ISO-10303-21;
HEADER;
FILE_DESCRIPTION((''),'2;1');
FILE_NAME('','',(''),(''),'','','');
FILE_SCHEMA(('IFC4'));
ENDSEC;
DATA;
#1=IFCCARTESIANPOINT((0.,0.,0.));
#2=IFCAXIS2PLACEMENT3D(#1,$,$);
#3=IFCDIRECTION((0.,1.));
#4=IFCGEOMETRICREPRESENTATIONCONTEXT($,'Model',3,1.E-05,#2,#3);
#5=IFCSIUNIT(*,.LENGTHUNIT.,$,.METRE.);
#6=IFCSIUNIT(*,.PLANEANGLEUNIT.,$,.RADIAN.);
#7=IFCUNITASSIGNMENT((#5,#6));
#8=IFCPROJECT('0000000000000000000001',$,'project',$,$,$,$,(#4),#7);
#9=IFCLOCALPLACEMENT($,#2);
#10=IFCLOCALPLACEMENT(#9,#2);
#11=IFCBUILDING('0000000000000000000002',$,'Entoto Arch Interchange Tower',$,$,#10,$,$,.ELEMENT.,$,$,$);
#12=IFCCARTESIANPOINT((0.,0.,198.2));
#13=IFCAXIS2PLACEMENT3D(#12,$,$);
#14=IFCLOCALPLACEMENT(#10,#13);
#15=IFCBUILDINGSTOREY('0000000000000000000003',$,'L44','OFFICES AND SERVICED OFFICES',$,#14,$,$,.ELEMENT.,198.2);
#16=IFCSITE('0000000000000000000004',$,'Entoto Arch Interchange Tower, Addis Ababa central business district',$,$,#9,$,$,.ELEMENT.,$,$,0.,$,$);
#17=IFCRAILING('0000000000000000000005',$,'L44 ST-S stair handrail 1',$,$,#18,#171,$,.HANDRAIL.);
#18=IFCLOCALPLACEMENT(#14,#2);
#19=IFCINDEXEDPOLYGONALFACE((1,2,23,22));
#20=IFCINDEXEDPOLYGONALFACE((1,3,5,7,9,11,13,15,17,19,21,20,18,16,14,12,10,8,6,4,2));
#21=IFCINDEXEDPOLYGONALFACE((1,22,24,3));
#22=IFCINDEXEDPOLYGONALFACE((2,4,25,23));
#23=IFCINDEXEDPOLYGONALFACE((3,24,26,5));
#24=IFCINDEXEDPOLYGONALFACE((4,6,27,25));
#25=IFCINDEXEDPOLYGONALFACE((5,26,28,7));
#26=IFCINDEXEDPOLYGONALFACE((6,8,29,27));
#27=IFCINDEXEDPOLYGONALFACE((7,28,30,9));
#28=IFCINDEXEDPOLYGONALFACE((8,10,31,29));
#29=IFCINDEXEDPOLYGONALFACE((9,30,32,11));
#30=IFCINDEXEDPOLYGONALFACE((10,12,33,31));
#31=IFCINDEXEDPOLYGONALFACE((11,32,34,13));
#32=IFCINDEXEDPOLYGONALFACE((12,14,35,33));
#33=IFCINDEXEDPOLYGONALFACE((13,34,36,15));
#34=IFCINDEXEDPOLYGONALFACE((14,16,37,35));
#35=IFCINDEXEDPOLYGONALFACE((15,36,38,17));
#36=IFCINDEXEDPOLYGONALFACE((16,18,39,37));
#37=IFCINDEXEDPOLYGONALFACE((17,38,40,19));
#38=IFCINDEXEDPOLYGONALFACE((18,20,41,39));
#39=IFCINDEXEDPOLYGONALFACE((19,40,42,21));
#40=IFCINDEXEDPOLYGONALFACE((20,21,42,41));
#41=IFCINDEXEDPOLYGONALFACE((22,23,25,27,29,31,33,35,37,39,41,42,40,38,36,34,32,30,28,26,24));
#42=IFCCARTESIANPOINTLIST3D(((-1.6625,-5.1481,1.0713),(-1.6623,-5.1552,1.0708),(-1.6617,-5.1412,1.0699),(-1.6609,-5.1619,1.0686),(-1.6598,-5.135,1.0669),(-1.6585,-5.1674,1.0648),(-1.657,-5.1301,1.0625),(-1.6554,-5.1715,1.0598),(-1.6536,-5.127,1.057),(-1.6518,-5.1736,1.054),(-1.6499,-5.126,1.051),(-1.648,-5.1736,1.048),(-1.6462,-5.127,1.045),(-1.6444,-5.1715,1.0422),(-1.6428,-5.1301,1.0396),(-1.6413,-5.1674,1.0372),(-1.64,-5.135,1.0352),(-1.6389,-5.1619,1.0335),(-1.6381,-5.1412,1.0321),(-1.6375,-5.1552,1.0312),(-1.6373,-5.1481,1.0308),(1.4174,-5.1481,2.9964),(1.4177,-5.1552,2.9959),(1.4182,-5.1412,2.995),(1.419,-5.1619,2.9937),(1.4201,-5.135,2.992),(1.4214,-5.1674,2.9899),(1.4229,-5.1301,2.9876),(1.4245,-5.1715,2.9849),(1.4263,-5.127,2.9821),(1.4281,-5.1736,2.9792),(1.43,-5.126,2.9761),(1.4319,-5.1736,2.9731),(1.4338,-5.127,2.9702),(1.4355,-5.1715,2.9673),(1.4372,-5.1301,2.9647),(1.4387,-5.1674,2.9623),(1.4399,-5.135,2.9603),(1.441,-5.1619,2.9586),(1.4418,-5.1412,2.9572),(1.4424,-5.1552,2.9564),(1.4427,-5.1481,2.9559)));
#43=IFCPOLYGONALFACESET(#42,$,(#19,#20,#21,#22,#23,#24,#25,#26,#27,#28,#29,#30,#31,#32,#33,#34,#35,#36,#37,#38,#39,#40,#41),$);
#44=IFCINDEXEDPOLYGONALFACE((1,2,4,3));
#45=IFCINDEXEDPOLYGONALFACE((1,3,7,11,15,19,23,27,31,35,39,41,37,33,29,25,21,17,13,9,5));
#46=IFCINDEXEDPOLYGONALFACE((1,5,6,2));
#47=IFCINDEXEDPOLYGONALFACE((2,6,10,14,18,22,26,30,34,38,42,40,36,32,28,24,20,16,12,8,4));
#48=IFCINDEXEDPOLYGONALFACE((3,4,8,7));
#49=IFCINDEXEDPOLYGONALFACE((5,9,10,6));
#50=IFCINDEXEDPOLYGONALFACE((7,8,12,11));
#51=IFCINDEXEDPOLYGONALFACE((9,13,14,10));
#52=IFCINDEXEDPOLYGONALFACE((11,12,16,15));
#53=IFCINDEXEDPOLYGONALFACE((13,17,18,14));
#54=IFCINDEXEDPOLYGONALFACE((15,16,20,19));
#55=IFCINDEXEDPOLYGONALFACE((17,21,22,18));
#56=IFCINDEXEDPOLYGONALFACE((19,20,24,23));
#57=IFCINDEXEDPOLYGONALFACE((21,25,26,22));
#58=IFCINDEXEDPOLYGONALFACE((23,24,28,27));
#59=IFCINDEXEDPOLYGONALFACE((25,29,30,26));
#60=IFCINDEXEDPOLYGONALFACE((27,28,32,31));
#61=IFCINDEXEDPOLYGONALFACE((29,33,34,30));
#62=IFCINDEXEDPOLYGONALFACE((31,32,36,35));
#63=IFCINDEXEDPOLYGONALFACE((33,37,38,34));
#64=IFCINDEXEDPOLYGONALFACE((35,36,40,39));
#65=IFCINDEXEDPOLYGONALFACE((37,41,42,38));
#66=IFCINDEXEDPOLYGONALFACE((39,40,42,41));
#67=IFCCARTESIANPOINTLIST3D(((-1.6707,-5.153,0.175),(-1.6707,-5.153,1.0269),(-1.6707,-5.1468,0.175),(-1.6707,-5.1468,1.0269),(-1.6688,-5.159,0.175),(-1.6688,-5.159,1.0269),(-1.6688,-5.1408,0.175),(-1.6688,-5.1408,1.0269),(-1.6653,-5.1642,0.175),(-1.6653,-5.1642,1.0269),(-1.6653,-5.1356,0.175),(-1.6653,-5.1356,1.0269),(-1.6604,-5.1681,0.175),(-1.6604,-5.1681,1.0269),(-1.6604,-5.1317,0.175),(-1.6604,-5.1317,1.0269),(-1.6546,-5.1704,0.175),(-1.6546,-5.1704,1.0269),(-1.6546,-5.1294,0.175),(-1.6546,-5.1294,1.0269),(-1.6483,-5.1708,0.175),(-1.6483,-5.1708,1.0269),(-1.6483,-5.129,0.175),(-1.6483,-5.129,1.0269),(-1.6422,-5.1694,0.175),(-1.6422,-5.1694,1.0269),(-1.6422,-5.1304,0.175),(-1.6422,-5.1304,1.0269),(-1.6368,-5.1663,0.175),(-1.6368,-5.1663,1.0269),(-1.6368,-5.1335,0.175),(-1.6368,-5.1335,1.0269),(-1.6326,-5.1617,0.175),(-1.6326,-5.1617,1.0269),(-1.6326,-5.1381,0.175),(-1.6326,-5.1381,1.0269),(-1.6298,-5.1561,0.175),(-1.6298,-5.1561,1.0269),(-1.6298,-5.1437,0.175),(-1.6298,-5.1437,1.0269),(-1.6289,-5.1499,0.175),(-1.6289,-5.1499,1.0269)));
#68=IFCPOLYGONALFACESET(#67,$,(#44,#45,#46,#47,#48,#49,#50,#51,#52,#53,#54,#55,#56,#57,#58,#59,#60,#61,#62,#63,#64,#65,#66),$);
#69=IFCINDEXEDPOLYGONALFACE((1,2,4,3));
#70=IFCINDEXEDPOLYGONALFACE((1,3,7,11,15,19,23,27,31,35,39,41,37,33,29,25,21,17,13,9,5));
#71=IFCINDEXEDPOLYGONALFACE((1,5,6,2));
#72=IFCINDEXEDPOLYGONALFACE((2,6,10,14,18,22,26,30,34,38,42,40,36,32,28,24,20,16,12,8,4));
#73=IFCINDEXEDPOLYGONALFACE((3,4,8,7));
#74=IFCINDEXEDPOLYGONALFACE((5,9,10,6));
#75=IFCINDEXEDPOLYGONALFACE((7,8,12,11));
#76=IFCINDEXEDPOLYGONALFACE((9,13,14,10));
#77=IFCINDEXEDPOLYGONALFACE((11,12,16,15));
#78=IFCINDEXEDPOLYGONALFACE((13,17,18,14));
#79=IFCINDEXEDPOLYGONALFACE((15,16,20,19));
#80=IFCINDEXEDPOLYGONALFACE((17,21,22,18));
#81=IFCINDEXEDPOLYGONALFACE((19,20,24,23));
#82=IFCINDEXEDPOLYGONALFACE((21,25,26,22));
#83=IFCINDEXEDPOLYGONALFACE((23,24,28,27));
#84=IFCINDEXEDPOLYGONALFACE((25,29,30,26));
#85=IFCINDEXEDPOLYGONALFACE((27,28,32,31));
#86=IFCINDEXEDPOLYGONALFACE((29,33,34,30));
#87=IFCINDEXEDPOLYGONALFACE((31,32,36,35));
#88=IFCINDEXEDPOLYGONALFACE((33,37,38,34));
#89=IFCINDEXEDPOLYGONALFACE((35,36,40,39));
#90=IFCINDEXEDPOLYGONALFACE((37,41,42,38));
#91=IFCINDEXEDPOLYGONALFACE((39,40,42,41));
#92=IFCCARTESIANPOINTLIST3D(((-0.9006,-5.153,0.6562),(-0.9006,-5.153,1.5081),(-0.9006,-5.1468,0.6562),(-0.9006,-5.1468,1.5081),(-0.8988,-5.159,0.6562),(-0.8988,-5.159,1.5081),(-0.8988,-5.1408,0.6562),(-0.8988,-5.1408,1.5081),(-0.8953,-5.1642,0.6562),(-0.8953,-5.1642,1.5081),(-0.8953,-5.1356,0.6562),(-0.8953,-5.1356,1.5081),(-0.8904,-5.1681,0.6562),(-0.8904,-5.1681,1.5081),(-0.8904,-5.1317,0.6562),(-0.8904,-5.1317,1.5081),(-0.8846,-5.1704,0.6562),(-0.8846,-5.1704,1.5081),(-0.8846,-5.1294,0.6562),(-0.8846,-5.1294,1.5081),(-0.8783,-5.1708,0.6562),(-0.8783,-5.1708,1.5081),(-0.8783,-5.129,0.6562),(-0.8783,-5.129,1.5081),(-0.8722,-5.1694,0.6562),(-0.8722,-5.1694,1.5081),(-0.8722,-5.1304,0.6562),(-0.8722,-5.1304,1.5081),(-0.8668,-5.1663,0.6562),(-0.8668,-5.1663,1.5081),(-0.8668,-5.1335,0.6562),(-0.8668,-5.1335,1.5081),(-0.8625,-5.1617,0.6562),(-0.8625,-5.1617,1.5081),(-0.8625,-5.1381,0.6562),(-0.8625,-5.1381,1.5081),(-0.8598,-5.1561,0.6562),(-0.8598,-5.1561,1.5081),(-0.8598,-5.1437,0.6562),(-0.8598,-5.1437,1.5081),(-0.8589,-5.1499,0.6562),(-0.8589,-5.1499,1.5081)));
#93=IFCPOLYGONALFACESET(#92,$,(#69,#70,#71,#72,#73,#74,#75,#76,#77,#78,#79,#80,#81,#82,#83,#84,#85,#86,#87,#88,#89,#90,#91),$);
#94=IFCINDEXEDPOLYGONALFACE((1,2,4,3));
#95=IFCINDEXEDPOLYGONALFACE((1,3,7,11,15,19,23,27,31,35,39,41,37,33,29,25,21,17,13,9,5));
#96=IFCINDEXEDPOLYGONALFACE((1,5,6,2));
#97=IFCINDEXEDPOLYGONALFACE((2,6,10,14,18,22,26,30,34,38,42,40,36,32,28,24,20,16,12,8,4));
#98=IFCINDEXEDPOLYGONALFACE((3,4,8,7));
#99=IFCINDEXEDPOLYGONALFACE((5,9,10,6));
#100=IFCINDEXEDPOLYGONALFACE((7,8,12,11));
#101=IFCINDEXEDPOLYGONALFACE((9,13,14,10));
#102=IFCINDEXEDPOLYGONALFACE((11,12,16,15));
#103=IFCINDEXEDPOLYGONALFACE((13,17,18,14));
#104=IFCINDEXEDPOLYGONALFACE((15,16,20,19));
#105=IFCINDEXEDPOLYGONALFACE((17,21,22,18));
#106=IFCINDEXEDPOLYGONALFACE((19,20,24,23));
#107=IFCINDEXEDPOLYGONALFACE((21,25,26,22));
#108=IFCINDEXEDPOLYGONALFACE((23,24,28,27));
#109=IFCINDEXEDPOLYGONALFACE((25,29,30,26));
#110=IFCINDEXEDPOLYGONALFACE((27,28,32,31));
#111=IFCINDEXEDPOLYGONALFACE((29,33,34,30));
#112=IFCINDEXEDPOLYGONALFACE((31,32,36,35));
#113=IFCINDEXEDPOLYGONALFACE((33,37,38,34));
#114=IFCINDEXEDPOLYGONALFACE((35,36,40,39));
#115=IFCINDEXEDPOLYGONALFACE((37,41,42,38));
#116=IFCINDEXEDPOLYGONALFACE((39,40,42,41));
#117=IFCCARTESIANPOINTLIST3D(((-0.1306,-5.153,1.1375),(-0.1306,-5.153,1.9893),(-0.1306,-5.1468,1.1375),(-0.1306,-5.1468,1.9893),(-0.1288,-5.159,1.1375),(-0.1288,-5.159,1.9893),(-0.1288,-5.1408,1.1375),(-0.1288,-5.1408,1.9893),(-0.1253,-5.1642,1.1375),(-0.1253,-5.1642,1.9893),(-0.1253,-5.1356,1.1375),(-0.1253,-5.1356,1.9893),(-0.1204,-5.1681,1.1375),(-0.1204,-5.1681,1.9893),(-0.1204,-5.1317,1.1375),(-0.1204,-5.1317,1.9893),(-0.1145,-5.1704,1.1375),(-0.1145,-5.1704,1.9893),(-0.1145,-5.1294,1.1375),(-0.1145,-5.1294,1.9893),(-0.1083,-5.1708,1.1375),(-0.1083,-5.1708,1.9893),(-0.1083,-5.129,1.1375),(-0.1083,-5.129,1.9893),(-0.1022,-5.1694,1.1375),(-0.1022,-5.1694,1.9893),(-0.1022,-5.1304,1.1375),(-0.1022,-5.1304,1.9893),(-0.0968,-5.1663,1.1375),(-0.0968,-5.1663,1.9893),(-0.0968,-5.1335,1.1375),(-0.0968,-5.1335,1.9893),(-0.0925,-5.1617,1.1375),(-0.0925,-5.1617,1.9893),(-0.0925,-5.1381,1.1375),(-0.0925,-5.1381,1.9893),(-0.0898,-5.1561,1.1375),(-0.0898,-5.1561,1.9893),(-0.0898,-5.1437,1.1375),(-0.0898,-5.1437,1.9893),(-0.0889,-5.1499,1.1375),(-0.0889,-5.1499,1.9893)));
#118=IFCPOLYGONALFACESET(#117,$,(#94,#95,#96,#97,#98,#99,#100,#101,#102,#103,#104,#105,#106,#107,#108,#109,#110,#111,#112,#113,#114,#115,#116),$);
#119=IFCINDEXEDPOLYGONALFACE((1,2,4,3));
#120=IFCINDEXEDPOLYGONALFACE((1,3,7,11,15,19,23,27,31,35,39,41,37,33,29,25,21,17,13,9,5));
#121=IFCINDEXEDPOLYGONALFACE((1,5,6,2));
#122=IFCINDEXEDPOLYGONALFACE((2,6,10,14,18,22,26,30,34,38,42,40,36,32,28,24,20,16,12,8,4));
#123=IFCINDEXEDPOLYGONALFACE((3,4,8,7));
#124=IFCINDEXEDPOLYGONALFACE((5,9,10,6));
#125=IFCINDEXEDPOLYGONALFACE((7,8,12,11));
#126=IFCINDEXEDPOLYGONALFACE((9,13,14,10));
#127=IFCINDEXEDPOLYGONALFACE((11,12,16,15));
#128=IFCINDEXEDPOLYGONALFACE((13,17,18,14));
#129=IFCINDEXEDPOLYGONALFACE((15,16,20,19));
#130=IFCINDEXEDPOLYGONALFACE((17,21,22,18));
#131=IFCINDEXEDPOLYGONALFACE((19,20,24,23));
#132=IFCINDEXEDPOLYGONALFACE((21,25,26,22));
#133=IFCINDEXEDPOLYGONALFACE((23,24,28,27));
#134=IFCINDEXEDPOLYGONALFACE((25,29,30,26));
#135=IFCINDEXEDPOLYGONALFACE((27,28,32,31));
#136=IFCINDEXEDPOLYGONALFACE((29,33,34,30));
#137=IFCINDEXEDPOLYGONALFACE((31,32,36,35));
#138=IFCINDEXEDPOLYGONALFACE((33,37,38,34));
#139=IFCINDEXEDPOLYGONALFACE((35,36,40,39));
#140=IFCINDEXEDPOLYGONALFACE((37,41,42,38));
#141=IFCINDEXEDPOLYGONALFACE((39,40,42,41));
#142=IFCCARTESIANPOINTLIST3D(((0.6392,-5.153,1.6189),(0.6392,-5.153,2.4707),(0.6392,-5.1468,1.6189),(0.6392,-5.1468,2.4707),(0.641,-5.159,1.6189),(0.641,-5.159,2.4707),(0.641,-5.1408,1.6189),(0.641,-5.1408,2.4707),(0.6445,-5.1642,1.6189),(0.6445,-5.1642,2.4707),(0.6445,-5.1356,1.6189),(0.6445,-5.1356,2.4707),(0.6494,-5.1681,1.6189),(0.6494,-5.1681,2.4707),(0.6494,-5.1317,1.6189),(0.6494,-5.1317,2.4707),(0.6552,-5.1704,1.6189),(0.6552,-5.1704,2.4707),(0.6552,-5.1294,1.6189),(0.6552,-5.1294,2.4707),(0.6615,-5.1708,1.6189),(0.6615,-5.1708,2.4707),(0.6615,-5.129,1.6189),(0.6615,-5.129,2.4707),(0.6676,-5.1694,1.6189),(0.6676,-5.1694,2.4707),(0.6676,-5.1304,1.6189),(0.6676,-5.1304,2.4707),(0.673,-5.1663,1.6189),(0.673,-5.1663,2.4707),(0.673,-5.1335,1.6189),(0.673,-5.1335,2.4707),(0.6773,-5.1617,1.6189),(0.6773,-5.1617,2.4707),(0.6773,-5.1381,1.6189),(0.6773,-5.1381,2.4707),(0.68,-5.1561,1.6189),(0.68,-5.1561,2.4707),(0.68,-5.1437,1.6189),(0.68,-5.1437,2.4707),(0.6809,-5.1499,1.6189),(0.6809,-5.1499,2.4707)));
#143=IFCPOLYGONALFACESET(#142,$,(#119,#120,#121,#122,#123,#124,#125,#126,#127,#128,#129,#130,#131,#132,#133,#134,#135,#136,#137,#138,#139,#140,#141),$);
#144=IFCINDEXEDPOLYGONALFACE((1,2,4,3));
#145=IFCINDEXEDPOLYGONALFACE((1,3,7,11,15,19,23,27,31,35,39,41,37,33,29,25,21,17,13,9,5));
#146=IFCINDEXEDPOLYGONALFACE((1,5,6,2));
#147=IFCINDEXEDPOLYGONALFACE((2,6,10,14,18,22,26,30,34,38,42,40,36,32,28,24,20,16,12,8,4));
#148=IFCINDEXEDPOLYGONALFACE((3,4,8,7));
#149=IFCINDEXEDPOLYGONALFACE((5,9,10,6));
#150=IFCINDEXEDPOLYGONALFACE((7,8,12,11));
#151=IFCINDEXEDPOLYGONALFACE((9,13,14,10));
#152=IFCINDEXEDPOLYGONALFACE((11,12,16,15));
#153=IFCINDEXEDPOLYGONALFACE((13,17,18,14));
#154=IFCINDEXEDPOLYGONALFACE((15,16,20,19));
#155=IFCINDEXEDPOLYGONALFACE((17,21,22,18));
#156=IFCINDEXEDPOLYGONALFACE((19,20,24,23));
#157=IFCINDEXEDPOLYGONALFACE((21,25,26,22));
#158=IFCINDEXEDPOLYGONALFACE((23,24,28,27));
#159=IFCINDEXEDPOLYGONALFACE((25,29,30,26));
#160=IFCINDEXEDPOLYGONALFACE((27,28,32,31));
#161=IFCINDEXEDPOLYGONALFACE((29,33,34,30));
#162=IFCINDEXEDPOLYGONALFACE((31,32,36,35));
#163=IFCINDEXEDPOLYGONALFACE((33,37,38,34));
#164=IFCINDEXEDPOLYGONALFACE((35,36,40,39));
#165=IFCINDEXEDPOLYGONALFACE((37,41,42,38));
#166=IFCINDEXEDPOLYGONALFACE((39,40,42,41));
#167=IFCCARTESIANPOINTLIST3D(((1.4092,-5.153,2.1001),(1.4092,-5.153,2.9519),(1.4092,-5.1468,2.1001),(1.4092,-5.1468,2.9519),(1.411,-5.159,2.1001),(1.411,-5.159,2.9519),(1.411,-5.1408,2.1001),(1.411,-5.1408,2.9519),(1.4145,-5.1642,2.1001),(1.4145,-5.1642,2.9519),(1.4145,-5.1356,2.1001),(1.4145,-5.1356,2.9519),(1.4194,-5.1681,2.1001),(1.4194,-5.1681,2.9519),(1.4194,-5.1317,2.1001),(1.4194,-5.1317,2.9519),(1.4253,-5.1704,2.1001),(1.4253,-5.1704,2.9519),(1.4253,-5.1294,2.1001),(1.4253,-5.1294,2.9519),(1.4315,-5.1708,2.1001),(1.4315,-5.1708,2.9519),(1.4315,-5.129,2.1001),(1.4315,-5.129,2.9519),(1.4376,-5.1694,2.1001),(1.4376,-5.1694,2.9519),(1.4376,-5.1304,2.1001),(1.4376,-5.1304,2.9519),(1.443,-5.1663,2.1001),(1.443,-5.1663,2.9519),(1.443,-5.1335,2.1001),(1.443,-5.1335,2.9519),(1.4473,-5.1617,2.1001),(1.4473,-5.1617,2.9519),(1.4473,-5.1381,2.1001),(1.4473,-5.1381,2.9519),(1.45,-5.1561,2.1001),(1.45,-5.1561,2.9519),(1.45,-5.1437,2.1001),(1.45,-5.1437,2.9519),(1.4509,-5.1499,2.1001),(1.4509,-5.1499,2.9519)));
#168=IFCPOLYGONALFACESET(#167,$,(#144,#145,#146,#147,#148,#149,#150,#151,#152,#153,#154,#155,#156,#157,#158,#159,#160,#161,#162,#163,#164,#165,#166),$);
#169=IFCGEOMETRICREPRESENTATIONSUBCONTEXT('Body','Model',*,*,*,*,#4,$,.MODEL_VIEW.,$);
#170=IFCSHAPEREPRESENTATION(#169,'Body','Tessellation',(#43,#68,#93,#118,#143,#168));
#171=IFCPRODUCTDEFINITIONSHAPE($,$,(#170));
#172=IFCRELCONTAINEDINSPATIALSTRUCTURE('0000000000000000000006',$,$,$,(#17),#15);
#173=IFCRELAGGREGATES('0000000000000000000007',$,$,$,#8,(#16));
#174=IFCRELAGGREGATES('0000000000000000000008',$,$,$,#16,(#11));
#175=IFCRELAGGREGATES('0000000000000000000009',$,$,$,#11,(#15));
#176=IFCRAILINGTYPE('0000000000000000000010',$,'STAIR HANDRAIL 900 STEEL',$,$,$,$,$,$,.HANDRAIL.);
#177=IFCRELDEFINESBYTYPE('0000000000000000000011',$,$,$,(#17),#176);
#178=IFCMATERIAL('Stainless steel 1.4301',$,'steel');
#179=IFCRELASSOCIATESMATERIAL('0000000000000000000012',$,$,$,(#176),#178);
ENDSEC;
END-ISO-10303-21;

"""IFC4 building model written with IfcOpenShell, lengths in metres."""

from ifc_helpers import new_model, si_unit, direction, frame, origin, origin_2d, place, context, subcontext, project, spatial, circle, extrude, material, type_object, element, save


model = new_model("IFC4")

# Units and contexts
model_context = context("Model", 3, precision=1e-05, world=origin(), true_north=direction((0.0, 1.0)))
body_context = subcontext(model_context, "Body", "Model", "MODEL_VIEW")
ifc_project = project(units=[si_unit("LENGTHUNIT", "METRE"), si_unit("PLANEANGLEUNIT", "RADIAN")], contexts=[model_context])

# Site, building, storey
site_placement = place(None, origin())
site = spatial("IfcSite", under=ifc_project, at=site_placement, Name="Entoto Arch Interchange Tower, Addis Ababa central business district", CompositionType="ELEMENT", RefElevation=0.0)
building_placement = place(site_placement, origin())
building = spatial("IfcBuilding", under=site, at=building_placement, Name="Entoto Arch Interchange Tower", CompositionType="ELEMENT")
storey_placement = place(building_placement, frame((0.0, 0.0, 198.2)))
storey = spatial("IfcBuildingStorey", under=building, at=storey_placement, Name="L44", Description="OFFICES AND SERVICED OFFICES", CompositionType="ELEMENT", Elevation=198.2)

# Railing
ifc_material_1 = material(Name="Stainless steel 1.4301", Category="steel")
railing_type_1 = type_object("IfcRailingType", Name="STAIR HANDRAIL 900 STEEL", PredefinedType="HANDRAIL", material=ifc_material_1)
railing_1_placement = place(storey_placement, frame((-1.6499, -5.1499, 0.175)))
element("IfcRailing", 1, at=railing_1_placement, inside=storey, type_object=railing_type_1, Name="L44 ST-S stair handrail 1", PredefinedType="HANDRAIL", context=body_context, shape_type="SweptSolid", body=[
    extrude(circle(Radius=0.0239, at=origin_2d()), frame((0.0, 0.0, 0.876), z_axis=(0.847979, 0.0, 0.530029), x_axis=(0.0, 1.0, 0.0)), (0.0, 0.0, 1.0), 3.6321),
    extrude(circle(Radius=0.021, at=origin_2d()), origin(), (0.0, 0.0, 1.0), 0.8518),
    extrude(circle(Radius=0.021, at=origin_2d()), frame((0.77, 0.0, 0.4812)), (0.0, 0.0, 1.0), 0.8518),
    extrude(circle(Radius=0.021, at=origin_2d()), frame((1.54, 0.0, 0.9624)), (0.0, 0.0, 1.0), 0.8518),
    extrude(circle(Radius=0.021, at=origin_2d()), frame((2.3098, 0.0, 1.4438)), (0.0, 0.0, 1.0), 0.8518),
    extrude(circle(Radius=0.021, at=origin_2d()), frame((3.0798, 0.0, 1.925)), (0.0, 0.0, 1.0), 0.8518),
])

save(model, "model.ifc")
